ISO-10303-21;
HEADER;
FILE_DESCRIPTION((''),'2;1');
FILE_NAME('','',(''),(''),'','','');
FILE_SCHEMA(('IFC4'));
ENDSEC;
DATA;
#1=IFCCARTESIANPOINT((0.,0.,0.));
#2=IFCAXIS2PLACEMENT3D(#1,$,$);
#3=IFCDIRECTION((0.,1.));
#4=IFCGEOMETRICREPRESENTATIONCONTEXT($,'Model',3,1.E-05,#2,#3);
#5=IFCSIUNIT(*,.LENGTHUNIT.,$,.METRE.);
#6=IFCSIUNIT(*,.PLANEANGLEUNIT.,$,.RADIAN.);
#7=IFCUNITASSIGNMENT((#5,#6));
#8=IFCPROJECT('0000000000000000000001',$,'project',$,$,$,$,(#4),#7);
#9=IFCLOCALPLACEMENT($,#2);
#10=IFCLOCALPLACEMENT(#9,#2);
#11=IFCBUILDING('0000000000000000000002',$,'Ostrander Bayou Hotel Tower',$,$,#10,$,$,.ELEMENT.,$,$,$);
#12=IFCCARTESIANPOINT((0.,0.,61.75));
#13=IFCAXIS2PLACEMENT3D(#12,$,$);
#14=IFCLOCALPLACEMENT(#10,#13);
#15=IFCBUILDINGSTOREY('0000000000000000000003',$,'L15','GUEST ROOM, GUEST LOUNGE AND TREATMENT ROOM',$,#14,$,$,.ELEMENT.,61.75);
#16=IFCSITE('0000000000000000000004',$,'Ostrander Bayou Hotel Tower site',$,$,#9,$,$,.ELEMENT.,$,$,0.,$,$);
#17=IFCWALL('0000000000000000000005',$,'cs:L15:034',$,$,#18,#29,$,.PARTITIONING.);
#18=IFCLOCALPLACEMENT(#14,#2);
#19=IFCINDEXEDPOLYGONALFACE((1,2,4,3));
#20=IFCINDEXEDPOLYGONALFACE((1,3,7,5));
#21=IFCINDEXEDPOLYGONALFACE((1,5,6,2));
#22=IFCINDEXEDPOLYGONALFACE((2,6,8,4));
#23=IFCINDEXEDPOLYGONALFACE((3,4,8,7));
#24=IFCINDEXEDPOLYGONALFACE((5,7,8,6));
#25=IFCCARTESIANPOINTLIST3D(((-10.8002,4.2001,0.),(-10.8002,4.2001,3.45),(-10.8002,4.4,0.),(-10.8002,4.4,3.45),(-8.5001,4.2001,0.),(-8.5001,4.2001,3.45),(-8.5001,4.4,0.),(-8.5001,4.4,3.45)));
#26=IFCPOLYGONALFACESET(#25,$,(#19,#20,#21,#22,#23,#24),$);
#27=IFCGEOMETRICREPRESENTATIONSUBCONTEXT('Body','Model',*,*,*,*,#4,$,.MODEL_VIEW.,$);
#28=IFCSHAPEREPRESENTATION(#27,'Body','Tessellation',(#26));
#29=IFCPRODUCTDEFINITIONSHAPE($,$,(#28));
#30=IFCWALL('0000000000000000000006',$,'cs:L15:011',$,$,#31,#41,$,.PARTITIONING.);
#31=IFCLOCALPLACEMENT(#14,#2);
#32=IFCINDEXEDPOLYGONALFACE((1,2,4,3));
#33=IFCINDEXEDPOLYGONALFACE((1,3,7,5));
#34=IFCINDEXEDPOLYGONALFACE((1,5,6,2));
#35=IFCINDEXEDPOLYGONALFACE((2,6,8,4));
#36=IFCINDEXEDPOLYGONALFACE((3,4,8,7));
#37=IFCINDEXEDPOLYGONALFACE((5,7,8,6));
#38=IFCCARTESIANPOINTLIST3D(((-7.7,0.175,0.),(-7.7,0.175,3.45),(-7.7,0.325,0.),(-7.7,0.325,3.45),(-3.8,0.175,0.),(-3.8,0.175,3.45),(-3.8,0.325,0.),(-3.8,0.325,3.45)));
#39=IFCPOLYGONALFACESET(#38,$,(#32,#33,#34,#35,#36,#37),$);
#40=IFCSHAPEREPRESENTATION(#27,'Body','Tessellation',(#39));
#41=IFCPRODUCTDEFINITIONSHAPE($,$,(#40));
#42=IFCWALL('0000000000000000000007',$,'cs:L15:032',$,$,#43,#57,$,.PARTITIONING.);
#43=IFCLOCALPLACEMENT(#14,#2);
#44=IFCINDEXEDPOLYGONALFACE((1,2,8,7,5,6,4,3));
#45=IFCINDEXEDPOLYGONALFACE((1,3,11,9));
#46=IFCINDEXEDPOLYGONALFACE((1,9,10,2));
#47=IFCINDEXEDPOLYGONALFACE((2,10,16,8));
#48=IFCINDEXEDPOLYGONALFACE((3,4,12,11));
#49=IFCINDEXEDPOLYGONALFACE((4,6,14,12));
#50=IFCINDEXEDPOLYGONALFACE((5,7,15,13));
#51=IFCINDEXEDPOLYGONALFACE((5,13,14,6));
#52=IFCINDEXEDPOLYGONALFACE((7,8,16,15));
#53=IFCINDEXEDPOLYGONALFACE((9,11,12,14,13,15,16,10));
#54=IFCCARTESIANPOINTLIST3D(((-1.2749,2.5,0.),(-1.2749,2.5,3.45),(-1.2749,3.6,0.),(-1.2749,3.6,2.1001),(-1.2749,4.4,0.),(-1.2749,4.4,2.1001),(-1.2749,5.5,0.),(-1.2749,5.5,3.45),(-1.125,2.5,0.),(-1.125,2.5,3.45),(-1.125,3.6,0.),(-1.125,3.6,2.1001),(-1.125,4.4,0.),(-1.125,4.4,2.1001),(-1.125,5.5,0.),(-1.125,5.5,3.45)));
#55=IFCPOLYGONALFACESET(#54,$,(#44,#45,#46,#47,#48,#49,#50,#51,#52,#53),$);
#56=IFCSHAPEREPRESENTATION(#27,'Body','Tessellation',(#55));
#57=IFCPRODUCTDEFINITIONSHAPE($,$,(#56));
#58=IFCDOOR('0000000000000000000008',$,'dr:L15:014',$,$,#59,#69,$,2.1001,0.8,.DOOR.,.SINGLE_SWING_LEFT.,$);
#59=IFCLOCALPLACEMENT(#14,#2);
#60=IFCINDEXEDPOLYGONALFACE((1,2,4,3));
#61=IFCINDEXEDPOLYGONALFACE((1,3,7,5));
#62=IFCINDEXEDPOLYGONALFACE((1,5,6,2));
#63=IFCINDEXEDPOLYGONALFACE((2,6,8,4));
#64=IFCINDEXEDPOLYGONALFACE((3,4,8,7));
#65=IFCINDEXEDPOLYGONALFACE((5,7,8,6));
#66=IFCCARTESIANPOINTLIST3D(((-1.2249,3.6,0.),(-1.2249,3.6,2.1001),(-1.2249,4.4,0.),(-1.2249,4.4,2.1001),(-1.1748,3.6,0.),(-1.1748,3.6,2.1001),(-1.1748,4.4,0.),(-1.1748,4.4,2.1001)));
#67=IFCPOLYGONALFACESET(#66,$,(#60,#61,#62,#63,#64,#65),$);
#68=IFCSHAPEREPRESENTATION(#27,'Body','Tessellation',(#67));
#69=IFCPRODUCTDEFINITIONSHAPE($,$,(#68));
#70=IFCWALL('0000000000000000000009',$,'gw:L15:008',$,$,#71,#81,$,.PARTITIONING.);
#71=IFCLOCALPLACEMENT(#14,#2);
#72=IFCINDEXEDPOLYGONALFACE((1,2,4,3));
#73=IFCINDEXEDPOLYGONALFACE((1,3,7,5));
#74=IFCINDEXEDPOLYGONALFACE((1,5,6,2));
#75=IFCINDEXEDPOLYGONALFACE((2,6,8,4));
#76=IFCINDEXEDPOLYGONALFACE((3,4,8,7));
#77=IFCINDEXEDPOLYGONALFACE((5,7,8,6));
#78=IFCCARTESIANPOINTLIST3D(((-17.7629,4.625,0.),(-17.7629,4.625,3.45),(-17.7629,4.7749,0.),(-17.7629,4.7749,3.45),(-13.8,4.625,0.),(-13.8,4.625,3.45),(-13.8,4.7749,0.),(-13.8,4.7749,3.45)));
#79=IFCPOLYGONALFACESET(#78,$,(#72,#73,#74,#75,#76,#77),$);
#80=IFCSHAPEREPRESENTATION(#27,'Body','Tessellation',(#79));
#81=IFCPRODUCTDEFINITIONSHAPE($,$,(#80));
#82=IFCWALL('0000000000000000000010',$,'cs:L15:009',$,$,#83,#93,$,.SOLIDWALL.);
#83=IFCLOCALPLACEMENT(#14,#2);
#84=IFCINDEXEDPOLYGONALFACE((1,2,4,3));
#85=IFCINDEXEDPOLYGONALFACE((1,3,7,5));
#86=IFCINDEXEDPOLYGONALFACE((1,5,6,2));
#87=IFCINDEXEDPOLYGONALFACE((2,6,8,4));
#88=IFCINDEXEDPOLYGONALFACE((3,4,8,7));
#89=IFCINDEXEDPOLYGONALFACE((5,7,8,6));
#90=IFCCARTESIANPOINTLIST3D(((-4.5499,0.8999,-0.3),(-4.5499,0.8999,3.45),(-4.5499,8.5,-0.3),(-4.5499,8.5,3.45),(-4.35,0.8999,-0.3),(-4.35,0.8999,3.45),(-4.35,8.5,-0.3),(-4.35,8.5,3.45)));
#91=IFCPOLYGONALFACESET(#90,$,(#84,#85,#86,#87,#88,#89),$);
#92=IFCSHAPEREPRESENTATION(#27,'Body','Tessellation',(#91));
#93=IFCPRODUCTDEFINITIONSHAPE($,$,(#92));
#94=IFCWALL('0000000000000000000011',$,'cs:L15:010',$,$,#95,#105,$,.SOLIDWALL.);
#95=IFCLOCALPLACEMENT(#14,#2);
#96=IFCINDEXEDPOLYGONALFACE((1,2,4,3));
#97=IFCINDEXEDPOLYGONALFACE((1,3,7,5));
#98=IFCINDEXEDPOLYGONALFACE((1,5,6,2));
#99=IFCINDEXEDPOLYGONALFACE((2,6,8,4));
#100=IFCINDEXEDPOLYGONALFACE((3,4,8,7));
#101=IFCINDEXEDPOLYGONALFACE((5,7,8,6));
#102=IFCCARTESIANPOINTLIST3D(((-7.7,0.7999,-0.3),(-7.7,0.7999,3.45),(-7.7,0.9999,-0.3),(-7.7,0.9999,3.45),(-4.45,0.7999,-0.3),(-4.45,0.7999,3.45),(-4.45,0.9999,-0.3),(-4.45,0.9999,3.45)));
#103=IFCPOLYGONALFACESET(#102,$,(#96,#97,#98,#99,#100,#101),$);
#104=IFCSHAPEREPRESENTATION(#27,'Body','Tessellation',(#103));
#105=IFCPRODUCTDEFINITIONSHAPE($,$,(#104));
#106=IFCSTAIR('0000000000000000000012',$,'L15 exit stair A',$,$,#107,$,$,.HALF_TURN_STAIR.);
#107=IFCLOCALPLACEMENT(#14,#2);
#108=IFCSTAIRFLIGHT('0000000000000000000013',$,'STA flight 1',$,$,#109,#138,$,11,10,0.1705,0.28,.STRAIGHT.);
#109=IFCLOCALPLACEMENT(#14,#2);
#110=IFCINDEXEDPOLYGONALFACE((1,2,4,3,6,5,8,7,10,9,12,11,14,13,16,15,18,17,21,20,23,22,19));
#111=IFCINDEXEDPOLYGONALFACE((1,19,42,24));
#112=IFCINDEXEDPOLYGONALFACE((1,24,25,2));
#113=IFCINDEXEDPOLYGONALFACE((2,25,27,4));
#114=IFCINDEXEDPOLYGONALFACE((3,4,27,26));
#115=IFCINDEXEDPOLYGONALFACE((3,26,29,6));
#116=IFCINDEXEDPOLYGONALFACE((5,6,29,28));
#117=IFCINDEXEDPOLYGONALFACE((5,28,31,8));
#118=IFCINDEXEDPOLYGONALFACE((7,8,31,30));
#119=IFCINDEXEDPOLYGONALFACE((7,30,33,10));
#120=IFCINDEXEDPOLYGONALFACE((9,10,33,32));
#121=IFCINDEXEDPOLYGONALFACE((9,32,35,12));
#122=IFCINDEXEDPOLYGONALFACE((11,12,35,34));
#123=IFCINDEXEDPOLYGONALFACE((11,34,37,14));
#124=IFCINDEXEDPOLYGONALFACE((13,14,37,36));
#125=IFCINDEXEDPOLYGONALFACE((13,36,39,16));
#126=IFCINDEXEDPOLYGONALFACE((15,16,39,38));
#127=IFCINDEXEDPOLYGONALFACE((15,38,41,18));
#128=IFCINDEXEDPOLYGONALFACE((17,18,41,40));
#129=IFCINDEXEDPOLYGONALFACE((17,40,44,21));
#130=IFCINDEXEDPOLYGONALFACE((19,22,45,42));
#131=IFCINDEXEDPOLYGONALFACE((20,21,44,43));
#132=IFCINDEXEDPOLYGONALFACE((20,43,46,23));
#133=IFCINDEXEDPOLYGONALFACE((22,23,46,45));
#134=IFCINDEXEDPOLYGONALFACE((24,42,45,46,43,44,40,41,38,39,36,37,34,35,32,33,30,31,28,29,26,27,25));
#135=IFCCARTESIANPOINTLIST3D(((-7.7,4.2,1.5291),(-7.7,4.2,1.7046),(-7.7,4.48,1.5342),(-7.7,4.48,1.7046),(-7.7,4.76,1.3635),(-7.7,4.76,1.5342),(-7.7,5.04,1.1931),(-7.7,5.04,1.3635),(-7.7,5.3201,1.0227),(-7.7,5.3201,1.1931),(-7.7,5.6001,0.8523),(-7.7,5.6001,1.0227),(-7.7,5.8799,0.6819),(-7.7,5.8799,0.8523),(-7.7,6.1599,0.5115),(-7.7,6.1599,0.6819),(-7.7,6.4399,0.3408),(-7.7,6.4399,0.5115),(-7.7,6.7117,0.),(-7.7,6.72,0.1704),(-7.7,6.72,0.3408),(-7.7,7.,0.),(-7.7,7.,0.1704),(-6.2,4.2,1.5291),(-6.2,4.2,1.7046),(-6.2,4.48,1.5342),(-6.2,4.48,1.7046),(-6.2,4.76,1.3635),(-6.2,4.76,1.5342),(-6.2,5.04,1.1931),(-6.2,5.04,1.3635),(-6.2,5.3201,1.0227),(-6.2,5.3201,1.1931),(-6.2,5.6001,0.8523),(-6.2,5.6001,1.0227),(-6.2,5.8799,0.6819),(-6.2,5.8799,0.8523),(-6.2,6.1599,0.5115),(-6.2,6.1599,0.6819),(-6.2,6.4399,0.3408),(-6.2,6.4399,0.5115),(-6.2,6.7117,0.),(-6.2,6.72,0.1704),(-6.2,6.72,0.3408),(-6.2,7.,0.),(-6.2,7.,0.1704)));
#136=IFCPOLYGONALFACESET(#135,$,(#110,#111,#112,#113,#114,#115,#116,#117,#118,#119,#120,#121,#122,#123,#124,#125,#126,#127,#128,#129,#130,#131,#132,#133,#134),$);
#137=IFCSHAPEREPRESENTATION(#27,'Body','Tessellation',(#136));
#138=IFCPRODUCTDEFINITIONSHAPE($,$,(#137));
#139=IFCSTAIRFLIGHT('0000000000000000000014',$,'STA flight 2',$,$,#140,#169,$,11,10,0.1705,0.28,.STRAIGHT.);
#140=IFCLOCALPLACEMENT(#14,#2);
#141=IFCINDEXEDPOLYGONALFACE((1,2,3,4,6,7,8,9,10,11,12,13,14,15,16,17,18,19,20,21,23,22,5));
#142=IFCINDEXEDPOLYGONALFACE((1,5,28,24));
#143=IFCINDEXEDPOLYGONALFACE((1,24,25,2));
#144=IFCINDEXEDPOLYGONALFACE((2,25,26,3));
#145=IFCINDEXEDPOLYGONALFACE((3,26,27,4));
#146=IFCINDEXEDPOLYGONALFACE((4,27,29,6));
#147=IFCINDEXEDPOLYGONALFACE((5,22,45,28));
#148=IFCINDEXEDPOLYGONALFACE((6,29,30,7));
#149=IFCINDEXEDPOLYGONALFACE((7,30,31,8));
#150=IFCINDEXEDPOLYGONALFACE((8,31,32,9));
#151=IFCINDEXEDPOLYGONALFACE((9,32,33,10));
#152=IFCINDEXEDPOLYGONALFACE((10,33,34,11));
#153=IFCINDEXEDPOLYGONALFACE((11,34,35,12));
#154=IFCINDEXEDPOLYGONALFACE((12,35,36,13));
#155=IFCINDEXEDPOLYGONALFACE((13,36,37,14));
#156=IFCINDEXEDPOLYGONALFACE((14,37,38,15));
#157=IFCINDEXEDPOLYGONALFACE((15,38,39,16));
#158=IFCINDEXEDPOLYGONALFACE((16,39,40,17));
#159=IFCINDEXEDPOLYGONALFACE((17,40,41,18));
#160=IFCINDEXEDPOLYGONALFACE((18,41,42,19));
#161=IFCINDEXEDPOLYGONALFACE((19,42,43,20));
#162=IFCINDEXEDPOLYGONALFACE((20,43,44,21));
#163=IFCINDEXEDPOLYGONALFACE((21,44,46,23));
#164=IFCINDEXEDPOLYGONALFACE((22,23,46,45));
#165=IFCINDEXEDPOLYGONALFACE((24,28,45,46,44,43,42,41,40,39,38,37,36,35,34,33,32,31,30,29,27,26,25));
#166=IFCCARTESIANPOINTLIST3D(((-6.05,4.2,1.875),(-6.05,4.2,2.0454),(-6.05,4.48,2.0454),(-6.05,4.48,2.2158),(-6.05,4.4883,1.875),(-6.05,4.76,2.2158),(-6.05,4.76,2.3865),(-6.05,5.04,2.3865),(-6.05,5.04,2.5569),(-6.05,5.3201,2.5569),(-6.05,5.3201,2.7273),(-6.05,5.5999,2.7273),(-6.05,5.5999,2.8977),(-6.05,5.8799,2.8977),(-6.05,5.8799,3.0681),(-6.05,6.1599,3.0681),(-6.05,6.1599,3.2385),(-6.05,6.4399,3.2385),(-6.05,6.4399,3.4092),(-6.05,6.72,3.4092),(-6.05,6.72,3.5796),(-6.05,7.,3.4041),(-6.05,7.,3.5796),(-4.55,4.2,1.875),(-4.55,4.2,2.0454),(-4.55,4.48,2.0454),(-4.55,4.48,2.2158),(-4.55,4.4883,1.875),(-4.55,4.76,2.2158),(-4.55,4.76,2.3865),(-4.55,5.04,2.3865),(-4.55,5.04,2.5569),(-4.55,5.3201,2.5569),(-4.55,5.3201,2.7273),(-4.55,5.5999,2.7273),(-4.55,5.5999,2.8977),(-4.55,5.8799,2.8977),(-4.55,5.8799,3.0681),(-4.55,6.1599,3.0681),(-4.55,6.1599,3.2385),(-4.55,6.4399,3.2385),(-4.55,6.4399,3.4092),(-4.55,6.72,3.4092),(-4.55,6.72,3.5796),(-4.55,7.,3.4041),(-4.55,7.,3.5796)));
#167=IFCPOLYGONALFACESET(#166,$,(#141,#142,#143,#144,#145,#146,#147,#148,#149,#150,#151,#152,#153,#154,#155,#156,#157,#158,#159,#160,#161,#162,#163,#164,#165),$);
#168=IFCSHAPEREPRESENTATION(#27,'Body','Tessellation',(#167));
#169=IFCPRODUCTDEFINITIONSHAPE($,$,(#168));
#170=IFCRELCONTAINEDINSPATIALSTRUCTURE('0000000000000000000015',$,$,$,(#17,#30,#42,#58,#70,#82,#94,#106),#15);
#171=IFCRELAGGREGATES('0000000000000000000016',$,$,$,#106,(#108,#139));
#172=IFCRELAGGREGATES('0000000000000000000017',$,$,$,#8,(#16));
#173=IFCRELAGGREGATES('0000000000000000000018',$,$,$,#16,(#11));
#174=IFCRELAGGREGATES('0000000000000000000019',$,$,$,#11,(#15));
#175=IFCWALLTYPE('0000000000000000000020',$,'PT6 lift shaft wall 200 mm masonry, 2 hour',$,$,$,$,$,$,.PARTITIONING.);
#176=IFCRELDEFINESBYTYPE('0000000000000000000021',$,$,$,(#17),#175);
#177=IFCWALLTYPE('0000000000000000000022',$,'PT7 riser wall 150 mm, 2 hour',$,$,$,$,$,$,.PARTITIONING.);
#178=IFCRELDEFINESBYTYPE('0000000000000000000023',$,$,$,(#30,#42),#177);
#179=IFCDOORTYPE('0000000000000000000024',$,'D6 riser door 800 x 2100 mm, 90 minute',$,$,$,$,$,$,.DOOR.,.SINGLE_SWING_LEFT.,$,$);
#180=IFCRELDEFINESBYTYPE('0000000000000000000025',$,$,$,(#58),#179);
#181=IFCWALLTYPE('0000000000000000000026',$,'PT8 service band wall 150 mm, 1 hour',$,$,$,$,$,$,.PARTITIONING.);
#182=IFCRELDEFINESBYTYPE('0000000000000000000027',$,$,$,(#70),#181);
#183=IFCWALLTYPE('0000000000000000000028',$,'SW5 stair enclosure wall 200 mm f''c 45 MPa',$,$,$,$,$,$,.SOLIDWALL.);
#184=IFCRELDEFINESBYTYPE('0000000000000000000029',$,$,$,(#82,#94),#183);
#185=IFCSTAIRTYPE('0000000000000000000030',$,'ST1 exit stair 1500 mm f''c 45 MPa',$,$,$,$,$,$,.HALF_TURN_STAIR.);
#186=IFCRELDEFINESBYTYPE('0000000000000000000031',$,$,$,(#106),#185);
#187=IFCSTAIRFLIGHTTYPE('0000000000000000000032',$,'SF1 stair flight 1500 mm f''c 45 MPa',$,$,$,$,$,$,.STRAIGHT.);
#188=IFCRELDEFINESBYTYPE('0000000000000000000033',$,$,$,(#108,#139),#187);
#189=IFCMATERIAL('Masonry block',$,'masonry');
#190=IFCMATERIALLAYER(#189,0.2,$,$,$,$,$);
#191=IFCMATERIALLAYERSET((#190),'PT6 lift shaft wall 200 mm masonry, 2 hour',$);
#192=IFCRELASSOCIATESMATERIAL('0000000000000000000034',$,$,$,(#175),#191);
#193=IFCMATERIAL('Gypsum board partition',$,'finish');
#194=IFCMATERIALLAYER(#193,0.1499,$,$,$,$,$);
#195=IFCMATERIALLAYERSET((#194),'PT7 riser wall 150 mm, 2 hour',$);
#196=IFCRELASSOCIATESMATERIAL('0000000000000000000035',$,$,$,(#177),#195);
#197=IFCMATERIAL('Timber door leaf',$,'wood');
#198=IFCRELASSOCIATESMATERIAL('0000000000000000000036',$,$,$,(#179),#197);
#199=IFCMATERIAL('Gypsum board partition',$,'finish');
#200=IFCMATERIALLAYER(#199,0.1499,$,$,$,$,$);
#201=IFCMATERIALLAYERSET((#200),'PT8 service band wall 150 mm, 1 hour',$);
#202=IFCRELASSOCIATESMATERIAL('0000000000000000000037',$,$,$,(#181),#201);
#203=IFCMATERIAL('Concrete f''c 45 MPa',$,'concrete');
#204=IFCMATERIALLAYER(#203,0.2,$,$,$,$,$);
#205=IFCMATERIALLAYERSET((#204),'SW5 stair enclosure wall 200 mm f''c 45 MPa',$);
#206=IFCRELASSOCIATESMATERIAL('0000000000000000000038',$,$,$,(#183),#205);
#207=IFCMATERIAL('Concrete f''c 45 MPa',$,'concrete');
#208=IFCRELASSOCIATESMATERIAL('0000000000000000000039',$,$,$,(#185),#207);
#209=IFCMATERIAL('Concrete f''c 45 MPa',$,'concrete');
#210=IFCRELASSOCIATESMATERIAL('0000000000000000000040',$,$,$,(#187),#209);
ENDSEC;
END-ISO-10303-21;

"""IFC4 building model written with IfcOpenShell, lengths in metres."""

from ifc_helpers import new_model, si_unit, direction, frame, frame_2d, origin, place, context, subcontext, project, spatial, polyline, rectangle, outline, extrude, material, layer, layer_set, type_object, element, fill, aggregate, save


model = new_model("IFC4")

# Units and contexts
model_context = context("Model", 3, precision=1e-05, world=origin(), true_north=direction((0.0, 1.0)))
body_context = subcontext(model_context, "Body", "Model", "MODEL_VIEW")
ifc_project = project(units=[si_unit("LENGTHUNIT", "METRE"), si_unit("PLANEANGLEUNIT", "RADIAN")], contexts=[model_context])

# Site, building, storey
site_placement = place(None, origin())
site = spatial("IfcSite", under=ifc_project, at=site_placement, Name="Ostrander Bayou Hotel Tower site", CompositionType="ELEMENT", RefElevation=0.0)
building_placement = place(site_placement, origin())
building = spatial("IfcBuilding", under=site, at=building_placement, Name="Ostrander Bayou Hotel Tower", CompositionType="ELEMENT")
storey_placement = place(building_placement, frame((0.0, 0.0, 61.75)))
storey = spatial("IfcBuildingStorey", under=building, at=storey_placement, Name="L15", Description="GUEST ROOM, GUEST LOUNGE AND TREATMENT ROOM", CompositionType="ELEMENT", Elevation=61.75)

# Walls
ifc_material_1 = material(Name="Masonry block", Category="masonry")
ifc_layer_1 = layer(ifc_material_1, 0.2)
ifc_layer_set_1 = layer_set([ifc_layer_1], Name="PT6 lift shaft wall 200 mm masonry, 2 hour")
wall_type_1 = type_object("IfcWallType", Name="PT6 lift shaft wall 200 mm masonry, 2 hour", PredefinedType="PARTITIONING", material=ifc_layer_set_1)
for number, where, z_axis, x_axis, name in (
    (1, (-10.8, 4.3, 0.0), (0.0, 0.0, 1.0), (1.0, 0.0, 0.0), "cs:L15:034"),
):
    element("IfcWall", number, at=place(storey_placement, frame(where, z_axis=z_axis, x_axis=x_axis)), inside=storey, type_object=wall_type_1, Name=name, PredefinedType="PARTITIONING", context=body_context, shape_type="SweptSolid", body=[
        extrude(rectangle(XDim=2.3, YDim=0.2, at=frame_2d((1.1499, 0.0))), origin(), (0.0, 0.0, 1.0), 3.45),
    ])
ifc_material_2 = material(Name="Gypsum board partition", Category="finish")
ifc_layer_2 = layer(ifc_material_2, 0.1499)
ifc_layer_set_2 = layer_set([ifc_layer_2], Name="PT7 riser wall 150 mm, 2 hour")
wall_type_2 = type_object("IfcWallType", Name="PT7 riser wall 150 mm, 2 hour", PredefinedType="PARTITIONING", material=ifc_layer_set_2)
wall_1_placement = place(storey_placement, frame((-7.7, 0.25, 0.0), z_axis=(0.0, 0.0, 1.0), x_axis=(1.0, 0.0, 0.0)))
element("IfcWall", 2, at=wall_1_placement, inside=storey, type_object=wall_type_2, Name="cs:L15:011", PredefinedType="PARTITIONING", context=body_context, shape_type="SweptSolid", body=[
    extrude(rectangle(XDim=3.8999, YDim=0.1499, at=frame_2d((1.95, 0.0))), origin(), (0.0, 0.0, 1.0), 3.45),
])

# Wall, opening, door
wall_2_placement = place(storey_placement, frame((-1.2, 2.5, 0.0), z_axis=(0.0, 0.0, 1.0), x_axis=(0.0, 1.0, 0.0)))
wall_2 = element("IfcWall", 3, at=wall_2_placement, inside=storey, type_object=wall_type_2, Name="cs:L15:032", PredefinedType="PARTITIONING", context=body_context, shape_type="SweptSolid", body=[
    extrude(rectangle(XDim=3.0, YDim=0.1499, at=frame_2d((1.5, 0.0))), origin(), (0.0, 0.0, 1.0), 3.45),
])
opening_1_placement = place(wall_2_placement, frame((1.1001, 0.0, 0.0)))
opening_1 = element("IfcOpeningElement", 4, at=opening_1_placement, cuts=wall_2, PredefinedType="OPENING", context=body_context, shape_type="SweptSolid", body=[
    extrude(rectangle(XDim=0.8, YDim=2.1001, at=frame_2d((0.3999, 1.05))), frame((0.0, 0.075, 0.0), z_axis=(0.0, -1.0, 0.0), x_axis=(1.0, 0.0, 0.0)), (0.0, 0.0, 1.0), 0.1499),
])
ifc_material_3 = material(Name="Timber door leaf", Category="wood")
door_type_1 = type_object("IfcDoorType", Name="D6 riser door 800 x 2100 mm, 90 minute", OperationType="SINGLE_SWING_LEFT", PredefinedType="DOOR", material=ifc_material_3)
door_1_placement = place(opening_1_placement, origin())
door_1 = element("IfcDoor", 5, at=door_1_placement, inside=storey, type_object=door_type_1, Name="dr:L15:014", OperationType="SINGLE_SWING_LEFT", OverallHeight=2.1001, OverallWidth=0.8, PredefinedType="DOOR", context=body_context, shape_type="SweptSolid", body=[
    extrude(rectangle(XDim=0.8, YDim=2.1001, at=frame_2d((0.3999, 1.05))), frame((0.0, 0.0249, 0.0), z_axis=(0.0, -1.0, 0.0), x_axis=(1.0, 0.0, 0.0)), (0.0, 0.0, 1.0), 0.05),
])
fill(opening_1, door_1)

# Walls
ifc_material_4 = material(Name="Gypsum board partition", Category="finish")
ifc_layer_3 = layer(ifc_material_4, 0.1499)
ifc_layer_set_3 = layer_set([ifc_layer_3], Name="PT8 service band wall 150 mm, 1 hour")
wall_type_3 = type_object("IfcWallType", Name="PT8 service band wall 150 mm, 1 hour", PredefinedType="PARTITIONING", material=ifc_layer_set_3)
wall_3_placement = place(storey_placement, frame((-17.7629, 4.7, 0.0), z_axis=(0.0, 0.0, 1.0), x_axis=(1.0, 0.0, 0.0)))
element("IfcWall", 6, at=wall_3_placement, inside=storey, type_object=wall_type_3, Name="gw:L15:008", PredefinedType="PARTITIONING", context=body_context, shape_type="SweptSolid", body=[
    extrude(rectangle(XDim=3.9629, YDim=0.1499, at=frame_2d((1.9814, 0.0))), origin(), (0.0, 0.0, 1.0), 3.45),
])
ifc_material_5 = material(Name="Concrete f'c 45 MPa", Category="concrete")
ifc_layer_4 = layer(ifc_material_5, 0.2)
ifc_layer_set_4 = layer_set([ifc_layer_4], Name="SW5 stair enclosure wall 200 mm f'c 45 MPa")
wall_type_4 = type_object("IfcWallType", Name="SW5 stair enclosure wall 200 mm f'c 45 MPa", PredefinedType="SOLIDWALL", material=ifc_layer_set_4)
wall_4_placement = place(storey_placement, frame((-4.45, 0.8999, -0.3), z_axis=(0.0, 0.0, 1.0), x_axis=(0.0, 1.0, 0.0)))
element("IfcWall", 7, at=wall_4_placement, inside=storey, type_object=wall_type_4, Name="cs:L15:009", PredefinedType="SOLIDWALL", context=body_context, shape_type="SweptSolid", body=[
    extrude(rectangle(XDim=7.6001, YDim=0.2, at=frame_2d((3.8, 0.0))), origin(), (0.0, 0.0, 1.0), 3.75),
])
wall_5_placement = place(storey_placement, frame((-7.7, 0.8999, -0.3), z_axis=(0.0, 0.0, 1.0), x_axis=(1.0, 0.0, 0.0)))
element("IfcWall", 8, at=wall_5_placement, inside=storey, type_object=wall_type_4, Name="cs:L15:010", PredefinedType="SOLIDWALL", context=body_context, shape_type="SweptSolid", body=[
    extrude(rectangle(XDim=3.25, YDim=0.2, at=frame_2d((1.625, 0.0))), origin(), (0.0, 0.0, 1.0), 3.75),
])

# Stair, stair flights
ifc_material_6 = material(Name="Concrete f'c 45 MPa", Category="concrete")
stair_type = type_object("IfcStairType", Name="ST1 exit stair 1500 mm f'c 45 MPa", PredefinedType="HALF_TURN_STAIR", material=ifc_material_6)
stair_placement = place(storey_placement, origin())
stair = element("IfcStair", 9, at=stair_placement, inside=storey, type_object=stair_type, Name="L15 exit stair A", PredefinedType="HALF_TURN_STAIR")
ifc_material_7 = material(Name="Concrete f'c 45 MPa", Category="concrete")
stair_flight_type = type_object("IfcStairFlightType", Name="SF1 stair flight 1500 mm f'c 45 MPa", PredefinedType="STRAIGHT", material=ifc_material_7)
stair_flight_1_placement = place(storey_placement, frame((-6.95, 7.0, 0.0), z_axis=(0.0, 0.0, 1.0), x_axis=(0.0, -1.0, 0.0)))
stair_flight_1 = element("IfcStairFlight", 10, at=stair_flight_1_placement, type_object=stair_flight_type, Name="STA flight 1", NumberOfRisers=11, NumberOfTreads=10, PredefinedType="STRAIGHT", RiserHeight=0.1705, TreadLength=0.28, context=body_context, shape_type="SweptSolid", body=[
    extrude(outline(polyline([(0.0, 0.0), (0.0, 0.1704), (0.28, 0.1704), (0.28, 0.3408), (0.5601, 0.3408), (0.5601, 0.5115), (0.8401, 0.5115), (0.8401, 0.6819), (1.1201, 0.6819), (1.1201, 0.8523), (1.3999, 0.8523), (1.3999, 1.0227), (1.6799, 1.0227), (1.6799, 1.1931), (1.96, 1.1931), (1.96, 1.3635), (2.24, 1.3635), (2.24, 1.5342), (2.52, 1.5342), (2.52, 1.7046), (2.8, 1.7046), (2.8, 1.875), (2.8, 1.5291), (0.2883, 0.0), (0.0, 0.0)])), frame((0.0, 0.75, 0.0), z_axis=(0.0, -1.0, 0.0), x_axis=(1.0, 0.0, 0.0)), (0.0, 0.0, 1.0), 1.5),
])
stair_flight_2_placement = place(storey_placement, frame((-5.3, 4.2, 1.875), z_axis=(0.0, 0.0, 1.0), x_axis=(0.0, 1.0, 0.0)))
stair_flight_2 = element("IfcStairFlight", 11, at=stair_flight_2_placement, type_object=stair_flight_type, Name="STA flight 2", NumberOfRisers=11, NumberOfTreads=10, PredefinedType="STRAIGHT", RiserHeight=0.1705, TreadLength=0.28, context=body_context, shape_type="SweptSolid", body=[
    extrude(outline(polyline([(0.0, 0.0), (0.0, 0.1704), (0.28, 0.1704), (0.28, 0.3408), (0.5601, 0.3408), (0.5601, 0.5115), (0.8401, 0.5115), (0.8401, 0.6819), (1.1201, 0.6819), (1.1201, 0.8523), (1.3999, 0.8523), (1.3999, 1.0227), (1.6799, 1.0227), (1.6799, 1.1931), (1.96, 1.1931), (1.96, 1.3635), (2.24, 1.3635), (2.24, 1.5342), (2.52, 1.5342), (2.52, 1.7046), (2.8, 1.7046), (2.8, 1.875), (2.8, 1.5291), (0.2883, 0.0), (0.0, 0.0)])), frame((0.0, 0.75, 0.0), z_axis=(0.0, -1.0, 0.0), x_axis=(1.0, 0.0, 0.0)), (0.0, 0.0, 1.0), 1.5),
])
aggregate(stair, [stair_flight_1, stair_flight_2])

save(model, "model.ifc")
